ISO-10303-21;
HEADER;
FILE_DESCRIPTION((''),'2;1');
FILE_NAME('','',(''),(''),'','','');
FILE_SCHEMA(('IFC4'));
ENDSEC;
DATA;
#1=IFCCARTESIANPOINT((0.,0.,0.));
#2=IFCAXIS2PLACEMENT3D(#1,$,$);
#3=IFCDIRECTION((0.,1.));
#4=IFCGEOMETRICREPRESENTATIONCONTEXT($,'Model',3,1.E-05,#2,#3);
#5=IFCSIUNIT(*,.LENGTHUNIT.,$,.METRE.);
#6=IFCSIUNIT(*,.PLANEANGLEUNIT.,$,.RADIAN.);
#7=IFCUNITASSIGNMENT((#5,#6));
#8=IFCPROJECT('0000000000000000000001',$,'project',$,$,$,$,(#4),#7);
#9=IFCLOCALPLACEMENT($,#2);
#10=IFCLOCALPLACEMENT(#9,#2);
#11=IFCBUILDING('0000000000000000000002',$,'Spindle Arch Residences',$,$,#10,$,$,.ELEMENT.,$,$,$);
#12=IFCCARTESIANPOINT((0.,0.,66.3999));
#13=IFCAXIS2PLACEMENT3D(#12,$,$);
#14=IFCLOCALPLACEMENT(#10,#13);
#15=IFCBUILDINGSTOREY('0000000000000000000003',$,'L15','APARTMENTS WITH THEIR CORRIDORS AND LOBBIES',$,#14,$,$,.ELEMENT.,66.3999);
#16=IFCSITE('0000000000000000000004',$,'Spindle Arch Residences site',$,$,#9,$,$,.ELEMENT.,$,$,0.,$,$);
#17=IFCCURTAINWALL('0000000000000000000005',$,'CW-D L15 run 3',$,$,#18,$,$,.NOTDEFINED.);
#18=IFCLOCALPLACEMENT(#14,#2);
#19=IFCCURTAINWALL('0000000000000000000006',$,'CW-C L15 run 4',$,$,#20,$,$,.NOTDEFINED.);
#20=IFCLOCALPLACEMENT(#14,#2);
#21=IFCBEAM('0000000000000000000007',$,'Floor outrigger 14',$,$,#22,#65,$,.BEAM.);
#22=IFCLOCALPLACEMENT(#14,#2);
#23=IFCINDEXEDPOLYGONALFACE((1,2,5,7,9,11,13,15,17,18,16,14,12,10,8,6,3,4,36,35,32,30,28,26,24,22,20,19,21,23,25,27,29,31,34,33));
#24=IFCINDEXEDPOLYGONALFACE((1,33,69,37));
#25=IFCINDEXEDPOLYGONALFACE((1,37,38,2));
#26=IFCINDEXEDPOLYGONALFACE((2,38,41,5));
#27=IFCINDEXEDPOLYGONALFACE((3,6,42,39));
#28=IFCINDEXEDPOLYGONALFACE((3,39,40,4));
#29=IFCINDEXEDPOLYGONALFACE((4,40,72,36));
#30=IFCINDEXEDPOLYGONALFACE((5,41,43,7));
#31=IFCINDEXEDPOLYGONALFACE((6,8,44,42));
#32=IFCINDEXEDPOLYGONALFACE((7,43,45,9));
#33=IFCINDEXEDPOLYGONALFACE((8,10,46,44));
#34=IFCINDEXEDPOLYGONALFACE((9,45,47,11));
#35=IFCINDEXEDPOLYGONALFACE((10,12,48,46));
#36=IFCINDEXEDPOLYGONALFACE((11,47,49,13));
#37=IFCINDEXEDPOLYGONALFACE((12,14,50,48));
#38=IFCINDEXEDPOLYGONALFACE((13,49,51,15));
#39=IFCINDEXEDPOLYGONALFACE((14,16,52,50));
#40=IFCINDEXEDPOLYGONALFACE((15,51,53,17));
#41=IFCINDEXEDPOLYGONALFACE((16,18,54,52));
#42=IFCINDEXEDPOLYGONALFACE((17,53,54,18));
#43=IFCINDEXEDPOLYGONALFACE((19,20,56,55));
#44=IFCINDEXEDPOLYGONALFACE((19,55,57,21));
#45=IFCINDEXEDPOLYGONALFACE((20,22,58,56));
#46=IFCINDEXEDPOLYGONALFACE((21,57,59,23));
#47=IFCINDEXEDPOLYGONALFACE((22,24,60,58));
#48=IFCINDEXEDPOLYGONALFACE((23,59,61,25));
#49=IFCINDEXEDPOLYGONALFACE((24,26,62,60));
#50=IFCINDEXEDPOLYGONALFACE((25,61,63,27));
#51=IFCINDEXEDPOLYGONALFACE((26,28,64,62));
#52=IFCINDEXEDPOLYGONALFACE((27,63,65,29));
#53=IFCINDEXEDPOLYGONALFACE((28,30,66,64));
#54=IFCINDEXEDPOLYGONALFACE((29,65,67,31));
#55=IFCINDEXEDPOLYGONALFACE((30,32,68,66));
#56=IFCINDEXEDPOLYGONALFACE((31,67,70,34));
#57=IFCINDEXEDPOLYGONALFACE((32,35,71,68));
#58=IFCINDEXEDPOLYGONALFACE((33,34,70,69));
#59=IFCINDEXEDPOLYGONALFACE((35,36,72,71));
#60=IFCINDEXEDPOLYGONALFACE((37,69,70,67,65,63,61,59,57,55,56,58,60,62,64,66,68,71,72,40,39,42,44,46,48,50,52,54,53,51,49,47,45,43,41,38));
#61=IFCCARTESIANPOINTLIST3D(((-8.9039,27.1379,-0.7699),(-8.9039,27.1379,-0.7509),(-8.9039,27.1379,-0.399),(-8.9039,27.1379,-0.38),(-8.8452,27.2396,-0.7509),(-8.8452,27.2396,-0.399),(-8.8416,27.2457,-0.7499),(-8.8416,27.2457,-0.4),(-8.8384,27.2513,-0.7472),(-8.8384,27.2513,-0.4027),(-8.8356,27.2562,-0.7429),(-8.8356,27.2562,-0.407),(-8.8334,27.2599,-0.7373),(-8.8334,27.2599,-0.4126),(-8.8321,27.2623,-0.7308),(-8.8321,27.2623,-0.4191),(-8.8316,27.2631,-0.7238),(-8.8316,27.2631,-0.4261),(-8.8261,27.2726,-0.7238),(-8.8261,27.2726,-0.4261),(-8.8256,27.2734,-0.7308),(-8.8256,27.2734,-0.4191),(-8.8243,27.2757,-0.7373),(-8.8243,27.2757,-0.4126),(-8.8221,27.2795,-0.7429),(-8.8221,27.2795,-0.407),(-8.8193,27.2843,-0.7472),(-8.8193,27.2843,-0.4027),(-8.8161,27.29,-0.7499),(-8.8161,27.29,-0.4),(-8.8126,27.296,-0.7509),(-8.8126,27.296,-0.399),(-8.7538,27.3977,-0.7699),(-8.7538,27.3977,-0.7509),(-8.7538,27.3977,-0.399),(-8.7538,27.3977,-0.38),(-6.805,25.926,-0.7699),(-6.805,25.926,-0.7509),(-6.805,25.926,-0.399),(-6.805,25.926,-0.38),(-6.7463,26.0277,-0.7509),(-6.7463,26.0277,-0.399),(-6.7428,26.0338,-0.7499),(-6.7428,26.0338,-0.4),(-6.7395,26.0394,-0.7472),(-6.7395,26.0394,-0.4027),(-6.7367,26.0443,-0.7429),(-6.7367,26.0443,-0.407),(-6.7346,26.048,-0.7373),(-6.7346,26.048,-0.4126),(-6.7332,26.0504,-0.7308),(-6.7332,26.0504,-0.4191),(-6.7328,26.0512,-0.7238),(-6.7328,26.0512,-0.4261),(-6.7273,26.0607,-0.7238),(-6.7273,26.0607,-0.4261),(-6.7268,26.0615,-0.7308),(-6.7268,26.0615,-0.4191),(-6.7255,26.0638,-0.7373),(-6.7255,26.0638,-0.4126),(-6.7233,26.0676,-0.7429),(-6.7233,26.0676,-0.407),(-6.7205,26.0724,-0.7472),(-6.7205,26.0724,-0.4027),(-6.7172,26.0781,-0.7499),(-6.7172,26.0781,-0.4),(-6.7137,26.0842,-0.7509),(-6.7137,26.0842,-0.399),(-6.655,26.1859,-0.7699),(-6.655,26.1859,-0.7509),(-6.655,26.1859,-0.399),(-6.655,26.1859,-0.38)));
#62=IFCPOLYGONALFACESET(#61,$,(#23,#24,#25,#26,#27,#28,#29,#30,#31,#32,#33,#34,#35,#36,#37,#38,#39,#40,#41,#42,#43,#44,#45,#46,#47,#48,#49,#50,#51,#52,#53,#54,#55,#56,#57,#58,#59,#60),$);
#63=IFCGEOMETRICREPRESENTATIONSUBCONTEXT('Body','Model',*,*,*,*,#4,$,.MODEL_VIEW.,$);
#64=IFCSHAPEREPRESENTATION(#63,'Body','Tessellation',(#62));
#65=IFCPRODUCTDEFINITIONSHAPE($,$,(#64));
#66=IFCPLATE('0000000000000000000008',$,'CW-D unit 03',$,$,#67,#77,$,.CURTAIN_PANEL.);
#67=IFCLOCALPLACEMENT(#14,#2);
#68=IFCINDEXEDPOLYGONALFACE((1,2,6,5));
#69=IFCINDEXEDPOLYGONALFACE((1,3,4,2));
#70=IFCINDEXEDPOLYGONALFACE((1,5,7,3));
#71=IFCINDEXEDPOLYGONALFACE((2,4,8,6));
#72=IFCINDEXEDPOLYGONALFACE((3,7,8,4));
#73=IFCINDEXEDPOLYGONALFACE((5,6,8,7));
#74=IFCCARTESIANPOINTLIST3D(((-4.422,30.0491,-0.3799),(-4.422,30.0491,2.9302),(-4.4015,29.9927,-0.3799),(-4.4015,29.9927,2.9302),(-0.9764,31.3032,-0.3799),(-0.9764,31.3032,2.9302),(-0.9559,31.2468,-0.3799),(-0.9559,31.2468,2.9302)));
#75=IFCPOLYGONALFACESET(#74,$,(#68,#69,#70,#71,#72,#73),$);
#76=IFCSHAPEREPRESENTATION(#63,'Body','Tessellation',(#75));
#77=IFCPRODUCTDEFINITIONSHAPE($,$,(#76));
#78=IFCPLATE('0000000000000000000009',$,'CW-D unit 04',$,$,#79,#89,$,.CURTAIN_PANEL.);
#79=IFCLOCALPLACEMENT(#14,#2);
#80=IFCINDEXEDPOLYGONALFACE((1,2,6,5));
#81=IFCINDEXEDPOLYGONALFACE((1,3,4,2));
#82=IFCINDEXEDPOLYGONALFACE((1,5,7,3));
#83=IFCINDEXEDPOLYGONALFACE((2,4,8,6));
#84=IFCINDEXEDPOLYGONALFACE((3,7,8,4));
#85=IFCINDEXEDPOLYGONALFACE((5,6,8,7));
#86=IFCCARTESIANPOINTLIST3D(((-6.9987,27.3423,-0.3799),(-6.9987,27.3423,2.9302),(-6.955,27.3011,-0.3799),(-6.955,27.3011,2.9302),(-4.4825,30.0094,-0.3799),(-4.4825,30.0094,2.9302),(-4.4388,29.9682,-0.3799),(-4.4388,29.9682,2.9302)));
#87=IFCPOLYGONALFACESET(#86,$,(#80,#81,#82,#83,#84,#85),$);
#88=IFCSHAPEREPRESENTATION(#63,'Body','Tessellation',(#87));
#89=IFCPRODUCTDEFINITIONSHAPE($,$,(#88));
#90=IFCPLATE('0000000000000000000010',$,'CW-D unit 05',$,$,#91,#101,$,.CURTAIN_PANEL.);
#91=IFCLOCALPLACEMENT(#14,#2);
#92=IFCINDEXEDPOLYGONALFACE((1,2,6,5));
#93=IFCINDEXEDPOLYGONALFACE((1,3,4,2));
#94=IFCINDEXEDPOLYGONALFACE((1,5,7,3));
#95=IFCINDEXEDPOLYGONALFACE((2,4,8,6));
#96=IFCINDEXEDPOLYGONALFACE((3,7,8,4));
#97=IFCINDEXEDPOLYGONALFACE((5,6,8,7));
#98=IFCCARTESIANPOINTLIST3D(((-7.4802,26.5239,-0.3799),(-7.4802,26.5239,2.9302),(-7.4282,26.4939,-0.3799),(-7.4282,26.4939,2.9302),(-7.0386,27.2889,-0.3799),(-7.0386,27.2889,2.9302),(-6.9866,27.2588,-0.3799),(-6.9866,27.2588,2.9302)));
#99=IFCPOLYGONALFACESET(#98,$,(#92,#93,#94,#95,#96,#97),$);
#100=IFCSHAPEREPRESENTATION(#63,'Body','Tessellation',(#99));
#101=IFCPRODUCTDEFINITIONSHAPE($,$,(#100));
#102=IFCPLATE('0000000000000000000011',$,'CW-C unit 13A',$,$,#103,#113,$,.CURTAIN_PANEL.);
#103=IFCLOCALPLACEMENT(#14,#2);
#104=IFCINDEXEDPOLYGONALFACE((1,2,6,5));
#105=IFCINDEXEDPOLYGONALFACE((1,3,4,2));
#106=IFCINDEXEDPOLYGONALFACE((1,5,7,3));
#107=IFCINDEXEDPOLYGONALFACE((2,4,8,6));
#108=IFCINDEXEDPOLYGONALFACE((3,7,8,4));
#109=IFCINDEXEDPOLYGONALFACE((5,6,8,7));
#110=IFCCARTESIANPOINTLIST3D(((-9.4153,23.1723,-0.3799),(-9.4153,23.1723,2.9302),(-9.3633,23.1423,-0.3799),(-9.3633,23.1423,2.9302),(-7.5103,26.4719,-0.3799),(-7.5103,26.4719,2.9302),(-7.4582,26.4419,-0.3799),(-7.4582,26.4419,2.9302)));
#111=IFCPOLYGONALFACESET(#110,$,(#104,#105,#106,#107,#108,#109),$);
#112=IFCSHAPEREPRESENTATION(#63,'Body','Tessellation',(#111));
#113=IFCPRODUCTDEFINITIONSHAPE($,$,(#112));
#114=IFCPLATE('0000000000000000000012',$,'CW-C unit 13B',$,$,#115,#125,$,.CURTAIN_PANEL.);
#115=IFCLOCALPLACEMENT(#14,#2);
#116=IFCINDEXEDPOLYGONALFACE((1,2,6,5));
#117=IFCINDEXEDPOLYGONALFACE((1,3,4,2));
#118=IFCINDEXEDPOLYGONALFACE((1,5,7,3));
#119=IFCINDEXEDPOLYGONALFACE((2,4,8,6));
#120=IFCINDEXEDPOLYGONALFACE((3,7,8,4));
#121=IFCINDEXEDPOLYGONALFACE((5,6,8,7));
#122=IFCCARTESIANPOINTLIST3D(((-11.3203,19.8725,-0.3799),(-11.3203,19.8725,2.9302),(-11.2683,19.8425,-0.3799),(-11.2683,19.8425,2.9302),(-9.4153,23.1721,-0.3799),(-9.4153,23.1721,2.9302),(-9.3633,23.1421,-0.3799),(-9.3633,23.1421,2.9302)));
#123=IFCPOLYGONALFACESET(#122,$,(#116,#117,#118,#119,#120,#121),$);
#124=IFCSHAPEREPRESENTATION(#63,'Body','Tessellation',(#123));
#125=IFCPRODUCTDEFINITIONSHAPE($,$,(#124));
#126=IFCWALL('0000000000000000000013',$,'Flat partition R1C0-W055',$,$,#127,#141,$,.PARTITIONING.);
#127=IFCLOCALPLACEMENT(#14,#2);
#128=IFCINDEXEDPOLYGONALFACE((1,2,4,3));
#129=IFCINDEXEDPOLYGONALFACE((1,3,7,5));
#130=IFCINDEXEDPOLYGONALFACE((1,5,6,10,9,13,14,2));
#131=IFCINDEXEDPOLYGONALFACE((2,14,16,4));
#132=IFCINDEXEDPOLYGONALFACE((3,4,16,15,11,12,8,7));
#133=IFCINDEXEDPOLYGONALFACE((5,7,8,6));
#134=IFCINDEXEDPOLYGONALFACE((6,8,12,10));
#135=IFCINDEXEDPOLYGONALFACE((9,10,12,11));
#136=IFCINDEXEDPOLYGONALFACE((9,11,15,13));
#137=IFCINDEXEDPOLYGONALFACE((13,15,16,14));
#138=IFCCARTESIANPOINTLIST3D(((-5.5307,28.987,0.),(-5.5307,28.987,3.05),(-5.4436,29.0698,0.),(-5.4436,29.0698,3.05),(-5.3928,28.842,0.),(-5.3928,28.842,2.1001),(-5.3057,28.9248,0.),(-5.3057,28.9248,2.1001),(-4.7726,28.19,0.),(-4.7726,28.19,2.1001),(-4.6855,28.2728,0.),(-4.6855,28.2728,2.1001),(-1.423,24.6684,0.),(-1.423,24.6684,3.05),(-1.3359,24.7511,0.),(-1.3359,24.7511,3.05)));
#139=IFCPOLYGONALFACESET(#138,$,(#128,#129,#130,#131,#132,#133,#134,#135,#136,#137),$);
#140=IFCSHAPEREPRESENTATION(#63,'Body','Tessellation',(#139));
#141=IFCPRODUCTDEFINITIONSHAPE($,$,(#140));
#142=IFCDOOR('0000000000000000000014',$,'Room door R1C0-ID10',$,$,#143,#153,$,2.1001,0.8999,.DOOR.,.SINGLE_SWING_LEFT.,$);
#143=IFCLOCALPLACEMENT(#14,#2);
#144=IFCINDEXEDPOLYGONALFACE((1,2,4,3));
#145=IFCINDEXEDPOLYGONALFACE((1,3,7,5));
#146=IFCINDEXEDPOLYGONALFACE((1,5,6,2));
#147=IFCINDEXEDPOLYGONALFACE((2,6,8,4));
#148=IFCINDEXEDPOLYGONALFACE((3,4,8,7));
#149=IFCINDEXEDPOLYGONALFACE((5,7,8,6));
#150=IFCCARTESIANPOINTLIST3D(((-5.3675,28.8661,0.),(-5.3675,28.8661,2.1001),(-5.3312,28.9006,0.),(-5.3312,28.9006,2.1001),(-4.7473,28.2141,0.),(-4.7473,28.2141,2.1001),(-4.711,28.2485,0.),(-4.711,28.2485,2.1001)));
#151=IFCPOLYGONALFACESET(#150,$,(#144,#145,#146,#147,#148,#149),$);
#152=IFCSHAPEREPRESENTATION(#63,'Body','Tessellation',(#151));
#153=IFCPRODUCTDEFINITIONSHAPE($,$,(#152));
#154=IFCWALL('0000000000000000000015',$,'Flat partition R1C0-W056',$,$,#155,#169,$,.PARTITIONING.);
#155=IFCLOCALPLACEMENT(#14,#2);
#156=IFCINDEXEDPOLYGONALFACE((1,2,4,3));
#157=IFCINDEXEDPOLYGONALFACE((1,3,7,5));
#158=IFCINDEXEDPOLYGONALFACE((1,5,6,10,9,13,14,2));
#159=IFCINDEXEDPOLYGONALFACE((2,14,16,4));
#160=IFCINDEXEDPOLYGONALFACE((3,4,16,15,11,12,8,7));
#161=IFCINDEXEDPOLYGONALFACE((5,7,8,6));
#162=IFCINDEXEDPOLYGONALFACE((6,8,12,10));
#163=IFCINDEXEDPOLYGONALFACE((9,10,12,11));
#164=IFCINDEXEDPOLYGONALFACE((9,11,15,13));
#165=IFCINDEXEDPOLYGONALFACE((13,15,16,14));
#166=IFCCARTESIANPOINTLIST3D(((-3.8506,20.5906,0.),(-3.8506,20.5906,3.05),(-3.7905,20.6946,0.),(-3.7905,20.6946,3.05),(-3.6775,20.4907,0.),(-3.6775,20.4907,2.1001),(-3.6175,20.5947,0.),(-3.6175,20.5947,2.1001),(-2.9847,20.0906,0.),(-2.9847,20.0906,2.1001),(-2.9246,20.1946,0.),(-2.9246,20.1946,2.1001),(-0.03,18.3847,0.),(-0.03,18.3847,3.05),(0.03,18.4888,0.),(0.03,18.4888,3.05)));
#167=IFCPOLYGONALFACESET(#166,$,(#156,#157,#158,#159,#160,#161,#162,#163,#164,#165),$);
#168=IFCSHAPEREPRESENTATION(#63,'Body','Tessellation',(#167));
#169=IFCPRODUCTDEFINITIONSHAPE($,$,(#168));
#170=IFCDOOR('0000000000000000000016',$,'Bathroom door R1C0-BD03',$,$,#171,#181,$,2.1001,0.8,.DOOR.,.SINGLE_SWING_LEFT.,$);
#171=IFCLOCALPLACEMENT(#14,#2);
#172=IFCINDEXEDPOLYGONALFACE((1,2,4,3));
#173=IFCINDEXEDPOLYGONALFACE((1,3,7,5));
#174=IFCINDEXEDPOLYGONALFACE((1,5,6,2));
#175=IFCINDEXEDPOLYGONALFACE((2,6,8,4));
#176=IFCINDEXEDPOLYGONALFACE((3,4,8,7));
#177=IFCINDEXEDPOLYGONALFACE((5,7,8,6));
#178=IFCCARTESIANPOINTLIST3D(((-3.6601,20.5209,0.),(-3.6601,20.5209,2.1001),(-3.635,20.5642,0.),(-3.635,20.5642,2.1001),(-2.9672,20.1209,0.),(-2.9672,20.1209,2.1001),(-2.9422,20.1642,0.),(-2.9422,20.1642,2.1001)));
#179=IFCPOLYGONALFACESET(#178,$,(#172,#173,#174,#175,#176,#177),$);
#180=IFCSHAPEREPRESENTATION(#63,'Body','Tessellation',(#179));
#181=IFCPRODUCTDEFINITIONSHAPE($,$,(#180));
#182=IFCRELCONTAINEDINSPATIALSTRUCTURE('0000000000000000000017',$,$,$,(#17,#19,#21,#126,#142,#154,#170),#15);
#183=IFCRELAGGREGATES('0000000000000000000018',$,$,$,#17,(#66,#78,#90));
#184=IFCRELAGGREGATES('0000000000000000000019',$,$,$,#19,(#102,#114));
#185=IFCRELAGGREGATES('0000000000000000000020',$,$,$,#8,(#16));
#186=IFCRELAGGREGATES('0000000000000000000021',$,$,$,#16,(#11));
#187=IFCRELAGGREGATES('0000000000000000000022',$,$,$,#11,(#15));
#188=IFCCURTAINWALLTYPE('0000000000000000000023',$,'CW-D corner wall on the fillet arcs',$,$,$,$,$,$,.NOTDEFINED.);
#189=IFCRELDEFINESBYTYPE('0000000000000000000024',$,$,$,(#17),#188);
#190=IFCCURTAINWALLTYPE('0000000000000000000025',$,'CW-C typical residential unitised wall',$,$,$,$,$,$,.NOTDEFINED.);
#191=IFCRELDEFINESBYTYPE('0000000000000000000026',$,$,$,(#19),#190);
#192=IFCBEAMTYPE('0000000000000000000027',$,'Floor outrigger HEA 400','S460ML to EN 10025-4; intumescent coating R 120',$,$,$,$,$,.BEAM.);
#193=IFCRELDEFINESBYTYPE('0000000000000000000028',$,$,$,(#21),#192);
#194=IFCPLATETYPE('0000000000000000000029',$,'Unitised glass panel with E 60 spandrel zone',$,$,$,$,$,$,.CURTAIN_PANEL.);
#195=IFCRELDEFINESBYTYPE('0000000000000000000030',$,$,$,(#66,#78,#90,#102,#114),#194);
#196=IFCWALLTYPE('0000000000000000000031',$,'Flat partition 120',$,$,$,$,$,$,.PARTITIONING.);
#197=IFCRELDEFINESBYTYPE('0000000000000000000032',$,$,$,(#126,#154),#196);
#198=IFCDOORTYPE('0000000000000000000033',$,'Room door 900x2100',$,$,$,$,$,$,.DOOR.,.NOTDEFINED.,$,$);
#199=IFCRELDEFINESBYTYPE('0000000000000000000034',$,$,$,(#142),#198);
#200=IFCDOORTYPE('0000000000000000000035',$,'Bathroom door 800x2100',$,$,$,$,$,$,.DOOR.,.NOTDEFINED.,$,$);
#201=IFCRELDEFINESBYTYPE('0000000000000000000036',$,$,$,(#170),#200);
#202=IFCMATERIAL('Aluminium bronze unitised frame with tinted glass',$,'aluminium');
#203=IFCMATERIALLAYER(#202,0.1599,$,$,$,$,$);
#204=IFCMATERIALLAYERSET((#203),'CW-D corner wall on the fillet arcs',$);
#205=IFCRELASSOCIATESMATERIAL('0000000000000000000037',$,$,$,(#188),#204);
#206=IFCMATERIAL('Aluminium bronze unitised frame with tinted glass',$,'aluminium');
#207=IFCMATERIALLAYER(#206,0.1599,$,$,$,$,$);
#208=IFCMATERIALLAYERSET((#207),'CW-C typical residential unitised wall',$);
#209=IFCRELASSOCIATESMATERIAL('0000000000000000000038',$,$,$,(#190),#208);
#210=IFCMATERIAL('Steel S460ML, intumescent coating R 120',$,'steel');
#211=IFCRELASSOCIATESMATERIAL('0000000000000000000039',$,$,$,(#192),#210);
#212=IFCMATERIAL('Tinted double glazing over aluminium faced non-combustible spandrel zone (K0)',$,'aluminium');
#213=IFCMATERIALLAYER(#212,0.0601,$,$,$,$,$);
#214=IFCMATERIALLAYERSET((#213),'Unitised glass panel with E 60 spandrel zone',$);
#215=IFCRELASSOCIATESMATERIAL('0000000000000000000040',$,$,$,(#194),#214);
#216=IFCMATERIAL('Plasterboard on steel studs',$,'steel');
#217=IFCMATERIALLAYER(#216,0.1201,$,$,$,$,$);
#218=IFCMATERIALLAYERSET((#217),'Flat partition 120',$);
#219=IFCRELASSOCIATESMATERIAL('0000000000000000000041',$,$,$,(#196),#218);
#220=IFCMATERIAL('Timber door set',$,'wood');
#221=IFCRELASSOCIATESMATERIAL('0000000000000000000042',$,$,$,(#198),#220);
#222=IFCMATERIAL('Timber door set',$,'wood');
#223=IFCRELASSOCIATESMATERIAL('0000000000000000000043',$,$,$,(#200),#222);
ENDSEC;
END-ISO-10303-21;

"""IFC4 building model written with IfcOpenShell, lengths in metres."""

from ifc_helpers import new_model, si_unit, direction, frame, frame_2d, origin, origin_2d, place, context, subcontext, project, spatial, rectangle, i_section, extrude, material, layer, layer_set, material_profile, profile_set, type_object, element, fill, aggregate, save


model = new_model("IFC4")

# Units and contexts
model_context = context("Model", 3, precision=1e-05, world=origin(), true_north=direction((0.0, 1.0)))
body_context = subcontext(model_context, "Body", "Model", "MODEL_VIEW")
ifc_project = project(units=[si_unit("LENGTHUNIT", "METRE"), si_unit("PLANEANGLEUNIT", "RADIAN")], contexts=[model_context])

# Site, building, storey
site_placement = place(None, origin())
site = spatial("IfcSite", under=ifc_project, at=site_placement, Name="Spindle Arch Residences site", CompositionType="ELEMENT", RefElevation=0.0)
building_placement = place(site_placement, origin())
building = spatial("IfcBuilding", under=site, at=building_placement, Name="Spindle Arch Residences", CompositionType="ELEMENT")
storey_placement = place(building_placement, frame((0.0, 0.0, 66.3999)))
storey = spatial("IfcBuildingStorey", under=building, at=storey_placement, Name="L15", Description="APARTMENTS WITH THEIR CORRIDORS AND LOBBIES", CompositionType="ELEMENT", Elevation=66.3999)

# Curtain wall
ifc_material_1 = material(Name="Aluminium bronze unitised frame with tinted glass", Category="aluminium")
ifc_layer_1 = layer(ifc_material_1, 0.1599)
ifc_layer_set_1 = layer_set([ifc_layer_1], Name="CW-D corner wall on the fillet arcs")
curtain_wall_type_1 = type_object("IfcCurtainWallType", Name="CW-D corner wall on the fillet arcs", PredefinedType="NOTDEFINED", material=ifc_layer_set_1)
curtain_wall_1_placement = place(storey_placement, origin())
curtain_wall_1 = element("IfcCurtainWall", 1, at=curtain_wall_1_placement, inside=storey, type_object=curtain_wall_type_1, Name="CW-D L15 run 3", PredefinedType="NOTDEFINED")

# Curtain wall
ifc_material_2 = material(Name="Aluminium bronze unitised frame with tinted glass", Category="aluminium")
ifc_layer_2 = layer(ifc_material_2, 0.1599)
ifc_layer_set_2 = layer_set([ifc_layer_2], Name="CW-C typical residential unitised wall")
curtain_wall_type_2 = type_object("IfcCurtainWallType", Name="CW-C typical residential unitised wall", PredefinedType="NOTDEFINED", material=ifc_layer_set_2)
curtain_wall_2_placement = place(storey_placement, origin())
curtain_wall_2 = element("IfcCurtainWall", 2, at=curtain_wall_2_placement, inside=storey, type_object=curtain_wall_type_2, Name="CW-C L15 run 4", PredefinedType="NOTDEFINED")

# Beam
ifc_material_3 = material(Name="Steel S460ML, intumescent coating R 120", Category="steel")
ifc_material_profile_1 = material_profile(ifc_material_3, i_section(OverallWidth=0.3, OverallDepth=0.3899, WebThickness=0.011, FlangeThickness=0.019, FilletRadius=0.0271, at=origin_2d()), Name="HEA 400")
ifc_profile_set_1 = profile_set([ifc_material_profile_1], Name="Steel S460ML, intumescent coating R 120")
beam_type_1 = type_object("IfcBeamType", Name="Floor outrigger HEA 400", Description="S460ML to EN 10025-4; intumescent coating R 120", PredefinedType="BEAM", material=ifc_profile_set_1)
beam_1_placement = place(storey_placement, frame((-8.8289, 27.2678, -0.575), z_axis=(0.866003, -0.500039, 0.0), x_axis=(0.500039, 0.866003, 0.0)))
element("IfcBeam", 3, at=beam_1_placement, inside=storey, type_object=beam_type_1, Name="Floor outrigger 14", PredefinedType="BEAM", context=body_context, shape_type="SweptSolid", body=[
    extrude(i_section(OverallWidth=0.3, OverallDepth=0.3899, WebThickness=0.011, FlangeThickness=0.019, FilletRadius=0.0271, at=origin_2d()), origin(), (0.0, 0.0, 1.0), 2.4236),
])

# Plates
ifc_material_4 = material(Name="Tinted double glazing over aluminium faced non-combustible spandrel zone (K0)", Category="aluminium")
ifc_layer_3 = layer(ifc_material_4, 0.0601)
ifc_layer_set_3 = layer_set([ifc_layer_3], Name="Unitised glass panel with E 60 spandrel zone")
plate_type = type_object("IfcPlateType", Name="Unitised glass panel with E 60 spandrel zone", PredefinedType="CURTAIN_PANEL", material=ifc_layer_set_3)
plate_1_placement = place(storey_placement, frame((-2.689, 30.6479, -0.3799), z_axis=(0.0, 0.0, 1.0), x_axis=(-0.939693, -0.34202, 0.0)))
plate_1 = element("IfcPlate", 4, at=plate_1_placement, type_object=plate_type, Name="CW-D unit 03", PredefinedType="CURTAIN_PANEL", context=body_context, shape_type="SweptSolid", body=[
    extrude(rectangle(XDim=3.6667, YDim=0.0601, at=origin_2d()), origin(), (0.0, 0.0, 1.0), 3.3101),
])
plate_2_placement = place(storey_placement, frame((-5.7188, 28.6553, -0.3799), z_axis=(0.0, 0.0, 1.0), x_axis=(-0.686242, -0.727374, 0.0)))
plate_2 = element("IfcPlate", 5, at=plate_2_placement, type_object=plate_type, Name="CW-D unit 04", PredefinedType="CURTAIN_PANEL", context=body_context, shape_type="SweptSolid", body=[
    extrude(rectangle(XDim=3.6667, YDim=0.0601, at=origin_2d()), origin(), (0.0, 0.0, 1.0), 3.3101),
])
plate_3_placement = place(storey_placement, frame((-7.2334, 26.8914, -0.3799), z_axis=(0.0, 0.0, 1.0), x_axis=(-0.5, -0.866025, 0.0)))
plate_3 = element("IfcPlate", 6, at=plate_3_placement, type_object=plate_type, Name="CW-D unit 05", PredefinedType="CURTAIN_PANEL", context=body_context, shape_type="SweptSolid", body=[
    extrude(rectangle(XDim=0.8833, YDim=0.0601, at=origin_2d()), origin(), (0.0, 0.0, 1.0), 3.3101),
])
aggregate(curtain_wall_1, [plate_1, plate_2, plate_3])
plate_4_placement = place(storey_placement, frame((-8.4368, 24.8071, -0.3799), z_axis=(0.0, 0.0, 1.0), x_axis=(-0.5, -0.866025, 0.0)))
plate_4 = element("IfcPlate", 7, at=plate_4_placement, type_object=plate_type, Name="CW-C unit 13A", PredefinedType="CURTAIN_PANEL", context=body_context, shape_type="SweptSolid", body=[
    extrude(rectangle(XDim=3.8101, YDim=0.0601, at=origin_2d()), origin(), (0.0, 0.0, 1.0), 3.3101),
])
plate_5_placement = place(storey_placement, frame((-10.3418, 21.5073, -0.3799), z_axis=(0.0, 0.0, 1.0), x_axis=(-0.5, -0.866025, 0.0)))
plate_5 = element("IfcPlate", 8, at=plate_5_placement, type_object=plate_type, Name="CW-C unit 13B", PredefinedType="CURTAIN_PANEL", context=body_context, shape_type="SweptSolid", body=[
    extrude(rectangle(XDim=3.8101, YDim=0.0601, at=origin_2d()), origin(), (0.0, 0.0, 1.0), 3.3101),
])
aggregate(curtain_wall_2, [plate_4, plate_5])

# Walls, openings, doors
ifc_material_5 = material(Name="Plasterboard on steel studs", Category="steel")
ifc_layer_4 = layer(ifc_material_5, 0.1201)
ifc_layer_set_4 = layer_set([ifc_layer_4], Name="Flat partition 120")
wall_type = type_object("IfcWallType", Name="Flat partition 120", PredefinedType="PARTITIONING", material=ifc_layer_set_4)
wall_1_placement = place(storey_placement, frame((-5.4871, 29.0283, 0.0), z_axis=(0.0, 0.0, 1.0), x_axis=(0.68919, -0.724581, 0.0)))
wall_1 = element("IfcWall", 9, at=wall_1_placement, inside=storey, type_object=wall_type, Name="Flat partition R1C0-W055", PredefinedType="PARTITIONING", context=body_context, shape_type="SweptSolid", body=[
    extrude(rectangle(XDim=5.9602, YDim=0.1201, at=frame_2d((2.98, 0.0))), origin(), (0.0, 0.0, 1.0), 3.05),
])
opening_1_placement = place(wall_1_placement, frame((0.2, 0.0, 0.0)))
opening_1 = element("IfcOpeningElement", 10, at=opening_1_placement, cuts=wall_1, PredefinedType="OPENING", context=body_context, shape_type="SweptSolid", body=[
    extrude(rectangle(XDim=0.8999, YDim=2.1001, at=frame_2d((0.45, 1.05))), frame((0.0, 0.0701, 0.0), z_axis=(0.0, -1.0, 0.0), x_axis=(1.0, 0.0, 0.0)), (0.0, 0.0, 1.0), 0.1401),
])
ifc_material_6 = material(Name="Timber door set", Category="wood")
door_type_1 = type_object("IfcDoorType", Name="Room door 900x2100", OperationType="NOTDEFINED", PredefinedType="DOOR", material=ifc_material_6)
door_1_placement = place(opening_1_placement, origin())
door_1 = element("IfcDoor", 11, at=door_1_placement, inside=storey, type_object=door_type_1, Name="Room door R1C0-ID10", OperationType="SINGLE_SWING_LEFT", OverallHeight=2.1001, OverallWidth=0.8999, PredefinedType="DOOR", context=body_context, shape_type="SweptSolid", body=[
    extrude(rectangle(XDim=0.8999, YDim=2.1001, at=frame_2d((0.45, 1.05))), frame((0.0, 0.0249, 0.0), z_axis=(0.0, -1.0, 0.0), x_axis=(1.0, 0.0, 0.0)), (0.0, 0.0, 1.0), 0.05),
])
fill(opening_1, door_1)
wall_2_placement = place(storey_placement, frame((-3.8206, 20.6426, 0.0), z_axis=(0.0, 0.0, 1.0), x_axis=(0.866024, -0.500002, 0.0)))
wall_2 = element("IfcWall", 12, at=wall_2_placement, inside=storey, type_object=wall_type, Name="Flat partition R1C0-W056", PredefinedType="PARTITIONING", context=body_context, shape_type="SweptSolid", body=[
    extrude(rectangle(XDim=4.4116, YDim=0.1201, at=frame_2d((2.2058, 0.0))), origin(), (0.0, 0.0, 1.0), 3.05),
])
opening_2_placement = place(wall_2_placement, frame((0.2, 0.0, 0.0)))
opening_2 = element("IfcOpeningElement", 13, at=opening_2_placement, cuts=wall_2, PredefinedType="OPENING", context=body_context, shape_type="SweptSolid", body=[
    extrude(rectangle(XDim=0.8, YDim=2.1001, at=frame_2d((0.3999, 1.05))), frame((0.0, 0.0701, 0.0), z_axis=(0.0, -1.0, 0.0), x_axis=(1.0, 0.0, 0.0)), (0.0, 0.0, 1.0), 0.1401),
])
ifc_material_7 = material(Name="Timber door set", Category="wood")
door_type_2 = type_object("IfcDoorType", Name="Bathroom door 800x2100", OperationType="NOTDEFINED", PredefinedType="DOOR", material=ifc_material_7)
door_2_placement = place(opening_2_placement, origin())
door_2 = element("IfcDoor", 14, at=door_2_placement, inside=storey, type_object=door_type_2, Name="Bathroom door R1C0-BD03", OperationType="SINGLE_SWING_LEFT", OverallHeight=2.1001, OverallWidth=0.8, PredefinedType="DOOR", context=body_context, shape_type="SweptSolid", body=[
    extrude(rectangle(XDim=0.8, YDim=2.1001, at=frame_2d((0.3999, 1.05))), frame((0.0, 0.0249, 0.0), z_axis=(0.0, -1.0, 0.0), x_axis=(1.0, 0.0, 0.0)), (0.0, 0.0, 1.0), 0.05),
])
fill(opening_2, door_2)

save(model, "model.ifc")
